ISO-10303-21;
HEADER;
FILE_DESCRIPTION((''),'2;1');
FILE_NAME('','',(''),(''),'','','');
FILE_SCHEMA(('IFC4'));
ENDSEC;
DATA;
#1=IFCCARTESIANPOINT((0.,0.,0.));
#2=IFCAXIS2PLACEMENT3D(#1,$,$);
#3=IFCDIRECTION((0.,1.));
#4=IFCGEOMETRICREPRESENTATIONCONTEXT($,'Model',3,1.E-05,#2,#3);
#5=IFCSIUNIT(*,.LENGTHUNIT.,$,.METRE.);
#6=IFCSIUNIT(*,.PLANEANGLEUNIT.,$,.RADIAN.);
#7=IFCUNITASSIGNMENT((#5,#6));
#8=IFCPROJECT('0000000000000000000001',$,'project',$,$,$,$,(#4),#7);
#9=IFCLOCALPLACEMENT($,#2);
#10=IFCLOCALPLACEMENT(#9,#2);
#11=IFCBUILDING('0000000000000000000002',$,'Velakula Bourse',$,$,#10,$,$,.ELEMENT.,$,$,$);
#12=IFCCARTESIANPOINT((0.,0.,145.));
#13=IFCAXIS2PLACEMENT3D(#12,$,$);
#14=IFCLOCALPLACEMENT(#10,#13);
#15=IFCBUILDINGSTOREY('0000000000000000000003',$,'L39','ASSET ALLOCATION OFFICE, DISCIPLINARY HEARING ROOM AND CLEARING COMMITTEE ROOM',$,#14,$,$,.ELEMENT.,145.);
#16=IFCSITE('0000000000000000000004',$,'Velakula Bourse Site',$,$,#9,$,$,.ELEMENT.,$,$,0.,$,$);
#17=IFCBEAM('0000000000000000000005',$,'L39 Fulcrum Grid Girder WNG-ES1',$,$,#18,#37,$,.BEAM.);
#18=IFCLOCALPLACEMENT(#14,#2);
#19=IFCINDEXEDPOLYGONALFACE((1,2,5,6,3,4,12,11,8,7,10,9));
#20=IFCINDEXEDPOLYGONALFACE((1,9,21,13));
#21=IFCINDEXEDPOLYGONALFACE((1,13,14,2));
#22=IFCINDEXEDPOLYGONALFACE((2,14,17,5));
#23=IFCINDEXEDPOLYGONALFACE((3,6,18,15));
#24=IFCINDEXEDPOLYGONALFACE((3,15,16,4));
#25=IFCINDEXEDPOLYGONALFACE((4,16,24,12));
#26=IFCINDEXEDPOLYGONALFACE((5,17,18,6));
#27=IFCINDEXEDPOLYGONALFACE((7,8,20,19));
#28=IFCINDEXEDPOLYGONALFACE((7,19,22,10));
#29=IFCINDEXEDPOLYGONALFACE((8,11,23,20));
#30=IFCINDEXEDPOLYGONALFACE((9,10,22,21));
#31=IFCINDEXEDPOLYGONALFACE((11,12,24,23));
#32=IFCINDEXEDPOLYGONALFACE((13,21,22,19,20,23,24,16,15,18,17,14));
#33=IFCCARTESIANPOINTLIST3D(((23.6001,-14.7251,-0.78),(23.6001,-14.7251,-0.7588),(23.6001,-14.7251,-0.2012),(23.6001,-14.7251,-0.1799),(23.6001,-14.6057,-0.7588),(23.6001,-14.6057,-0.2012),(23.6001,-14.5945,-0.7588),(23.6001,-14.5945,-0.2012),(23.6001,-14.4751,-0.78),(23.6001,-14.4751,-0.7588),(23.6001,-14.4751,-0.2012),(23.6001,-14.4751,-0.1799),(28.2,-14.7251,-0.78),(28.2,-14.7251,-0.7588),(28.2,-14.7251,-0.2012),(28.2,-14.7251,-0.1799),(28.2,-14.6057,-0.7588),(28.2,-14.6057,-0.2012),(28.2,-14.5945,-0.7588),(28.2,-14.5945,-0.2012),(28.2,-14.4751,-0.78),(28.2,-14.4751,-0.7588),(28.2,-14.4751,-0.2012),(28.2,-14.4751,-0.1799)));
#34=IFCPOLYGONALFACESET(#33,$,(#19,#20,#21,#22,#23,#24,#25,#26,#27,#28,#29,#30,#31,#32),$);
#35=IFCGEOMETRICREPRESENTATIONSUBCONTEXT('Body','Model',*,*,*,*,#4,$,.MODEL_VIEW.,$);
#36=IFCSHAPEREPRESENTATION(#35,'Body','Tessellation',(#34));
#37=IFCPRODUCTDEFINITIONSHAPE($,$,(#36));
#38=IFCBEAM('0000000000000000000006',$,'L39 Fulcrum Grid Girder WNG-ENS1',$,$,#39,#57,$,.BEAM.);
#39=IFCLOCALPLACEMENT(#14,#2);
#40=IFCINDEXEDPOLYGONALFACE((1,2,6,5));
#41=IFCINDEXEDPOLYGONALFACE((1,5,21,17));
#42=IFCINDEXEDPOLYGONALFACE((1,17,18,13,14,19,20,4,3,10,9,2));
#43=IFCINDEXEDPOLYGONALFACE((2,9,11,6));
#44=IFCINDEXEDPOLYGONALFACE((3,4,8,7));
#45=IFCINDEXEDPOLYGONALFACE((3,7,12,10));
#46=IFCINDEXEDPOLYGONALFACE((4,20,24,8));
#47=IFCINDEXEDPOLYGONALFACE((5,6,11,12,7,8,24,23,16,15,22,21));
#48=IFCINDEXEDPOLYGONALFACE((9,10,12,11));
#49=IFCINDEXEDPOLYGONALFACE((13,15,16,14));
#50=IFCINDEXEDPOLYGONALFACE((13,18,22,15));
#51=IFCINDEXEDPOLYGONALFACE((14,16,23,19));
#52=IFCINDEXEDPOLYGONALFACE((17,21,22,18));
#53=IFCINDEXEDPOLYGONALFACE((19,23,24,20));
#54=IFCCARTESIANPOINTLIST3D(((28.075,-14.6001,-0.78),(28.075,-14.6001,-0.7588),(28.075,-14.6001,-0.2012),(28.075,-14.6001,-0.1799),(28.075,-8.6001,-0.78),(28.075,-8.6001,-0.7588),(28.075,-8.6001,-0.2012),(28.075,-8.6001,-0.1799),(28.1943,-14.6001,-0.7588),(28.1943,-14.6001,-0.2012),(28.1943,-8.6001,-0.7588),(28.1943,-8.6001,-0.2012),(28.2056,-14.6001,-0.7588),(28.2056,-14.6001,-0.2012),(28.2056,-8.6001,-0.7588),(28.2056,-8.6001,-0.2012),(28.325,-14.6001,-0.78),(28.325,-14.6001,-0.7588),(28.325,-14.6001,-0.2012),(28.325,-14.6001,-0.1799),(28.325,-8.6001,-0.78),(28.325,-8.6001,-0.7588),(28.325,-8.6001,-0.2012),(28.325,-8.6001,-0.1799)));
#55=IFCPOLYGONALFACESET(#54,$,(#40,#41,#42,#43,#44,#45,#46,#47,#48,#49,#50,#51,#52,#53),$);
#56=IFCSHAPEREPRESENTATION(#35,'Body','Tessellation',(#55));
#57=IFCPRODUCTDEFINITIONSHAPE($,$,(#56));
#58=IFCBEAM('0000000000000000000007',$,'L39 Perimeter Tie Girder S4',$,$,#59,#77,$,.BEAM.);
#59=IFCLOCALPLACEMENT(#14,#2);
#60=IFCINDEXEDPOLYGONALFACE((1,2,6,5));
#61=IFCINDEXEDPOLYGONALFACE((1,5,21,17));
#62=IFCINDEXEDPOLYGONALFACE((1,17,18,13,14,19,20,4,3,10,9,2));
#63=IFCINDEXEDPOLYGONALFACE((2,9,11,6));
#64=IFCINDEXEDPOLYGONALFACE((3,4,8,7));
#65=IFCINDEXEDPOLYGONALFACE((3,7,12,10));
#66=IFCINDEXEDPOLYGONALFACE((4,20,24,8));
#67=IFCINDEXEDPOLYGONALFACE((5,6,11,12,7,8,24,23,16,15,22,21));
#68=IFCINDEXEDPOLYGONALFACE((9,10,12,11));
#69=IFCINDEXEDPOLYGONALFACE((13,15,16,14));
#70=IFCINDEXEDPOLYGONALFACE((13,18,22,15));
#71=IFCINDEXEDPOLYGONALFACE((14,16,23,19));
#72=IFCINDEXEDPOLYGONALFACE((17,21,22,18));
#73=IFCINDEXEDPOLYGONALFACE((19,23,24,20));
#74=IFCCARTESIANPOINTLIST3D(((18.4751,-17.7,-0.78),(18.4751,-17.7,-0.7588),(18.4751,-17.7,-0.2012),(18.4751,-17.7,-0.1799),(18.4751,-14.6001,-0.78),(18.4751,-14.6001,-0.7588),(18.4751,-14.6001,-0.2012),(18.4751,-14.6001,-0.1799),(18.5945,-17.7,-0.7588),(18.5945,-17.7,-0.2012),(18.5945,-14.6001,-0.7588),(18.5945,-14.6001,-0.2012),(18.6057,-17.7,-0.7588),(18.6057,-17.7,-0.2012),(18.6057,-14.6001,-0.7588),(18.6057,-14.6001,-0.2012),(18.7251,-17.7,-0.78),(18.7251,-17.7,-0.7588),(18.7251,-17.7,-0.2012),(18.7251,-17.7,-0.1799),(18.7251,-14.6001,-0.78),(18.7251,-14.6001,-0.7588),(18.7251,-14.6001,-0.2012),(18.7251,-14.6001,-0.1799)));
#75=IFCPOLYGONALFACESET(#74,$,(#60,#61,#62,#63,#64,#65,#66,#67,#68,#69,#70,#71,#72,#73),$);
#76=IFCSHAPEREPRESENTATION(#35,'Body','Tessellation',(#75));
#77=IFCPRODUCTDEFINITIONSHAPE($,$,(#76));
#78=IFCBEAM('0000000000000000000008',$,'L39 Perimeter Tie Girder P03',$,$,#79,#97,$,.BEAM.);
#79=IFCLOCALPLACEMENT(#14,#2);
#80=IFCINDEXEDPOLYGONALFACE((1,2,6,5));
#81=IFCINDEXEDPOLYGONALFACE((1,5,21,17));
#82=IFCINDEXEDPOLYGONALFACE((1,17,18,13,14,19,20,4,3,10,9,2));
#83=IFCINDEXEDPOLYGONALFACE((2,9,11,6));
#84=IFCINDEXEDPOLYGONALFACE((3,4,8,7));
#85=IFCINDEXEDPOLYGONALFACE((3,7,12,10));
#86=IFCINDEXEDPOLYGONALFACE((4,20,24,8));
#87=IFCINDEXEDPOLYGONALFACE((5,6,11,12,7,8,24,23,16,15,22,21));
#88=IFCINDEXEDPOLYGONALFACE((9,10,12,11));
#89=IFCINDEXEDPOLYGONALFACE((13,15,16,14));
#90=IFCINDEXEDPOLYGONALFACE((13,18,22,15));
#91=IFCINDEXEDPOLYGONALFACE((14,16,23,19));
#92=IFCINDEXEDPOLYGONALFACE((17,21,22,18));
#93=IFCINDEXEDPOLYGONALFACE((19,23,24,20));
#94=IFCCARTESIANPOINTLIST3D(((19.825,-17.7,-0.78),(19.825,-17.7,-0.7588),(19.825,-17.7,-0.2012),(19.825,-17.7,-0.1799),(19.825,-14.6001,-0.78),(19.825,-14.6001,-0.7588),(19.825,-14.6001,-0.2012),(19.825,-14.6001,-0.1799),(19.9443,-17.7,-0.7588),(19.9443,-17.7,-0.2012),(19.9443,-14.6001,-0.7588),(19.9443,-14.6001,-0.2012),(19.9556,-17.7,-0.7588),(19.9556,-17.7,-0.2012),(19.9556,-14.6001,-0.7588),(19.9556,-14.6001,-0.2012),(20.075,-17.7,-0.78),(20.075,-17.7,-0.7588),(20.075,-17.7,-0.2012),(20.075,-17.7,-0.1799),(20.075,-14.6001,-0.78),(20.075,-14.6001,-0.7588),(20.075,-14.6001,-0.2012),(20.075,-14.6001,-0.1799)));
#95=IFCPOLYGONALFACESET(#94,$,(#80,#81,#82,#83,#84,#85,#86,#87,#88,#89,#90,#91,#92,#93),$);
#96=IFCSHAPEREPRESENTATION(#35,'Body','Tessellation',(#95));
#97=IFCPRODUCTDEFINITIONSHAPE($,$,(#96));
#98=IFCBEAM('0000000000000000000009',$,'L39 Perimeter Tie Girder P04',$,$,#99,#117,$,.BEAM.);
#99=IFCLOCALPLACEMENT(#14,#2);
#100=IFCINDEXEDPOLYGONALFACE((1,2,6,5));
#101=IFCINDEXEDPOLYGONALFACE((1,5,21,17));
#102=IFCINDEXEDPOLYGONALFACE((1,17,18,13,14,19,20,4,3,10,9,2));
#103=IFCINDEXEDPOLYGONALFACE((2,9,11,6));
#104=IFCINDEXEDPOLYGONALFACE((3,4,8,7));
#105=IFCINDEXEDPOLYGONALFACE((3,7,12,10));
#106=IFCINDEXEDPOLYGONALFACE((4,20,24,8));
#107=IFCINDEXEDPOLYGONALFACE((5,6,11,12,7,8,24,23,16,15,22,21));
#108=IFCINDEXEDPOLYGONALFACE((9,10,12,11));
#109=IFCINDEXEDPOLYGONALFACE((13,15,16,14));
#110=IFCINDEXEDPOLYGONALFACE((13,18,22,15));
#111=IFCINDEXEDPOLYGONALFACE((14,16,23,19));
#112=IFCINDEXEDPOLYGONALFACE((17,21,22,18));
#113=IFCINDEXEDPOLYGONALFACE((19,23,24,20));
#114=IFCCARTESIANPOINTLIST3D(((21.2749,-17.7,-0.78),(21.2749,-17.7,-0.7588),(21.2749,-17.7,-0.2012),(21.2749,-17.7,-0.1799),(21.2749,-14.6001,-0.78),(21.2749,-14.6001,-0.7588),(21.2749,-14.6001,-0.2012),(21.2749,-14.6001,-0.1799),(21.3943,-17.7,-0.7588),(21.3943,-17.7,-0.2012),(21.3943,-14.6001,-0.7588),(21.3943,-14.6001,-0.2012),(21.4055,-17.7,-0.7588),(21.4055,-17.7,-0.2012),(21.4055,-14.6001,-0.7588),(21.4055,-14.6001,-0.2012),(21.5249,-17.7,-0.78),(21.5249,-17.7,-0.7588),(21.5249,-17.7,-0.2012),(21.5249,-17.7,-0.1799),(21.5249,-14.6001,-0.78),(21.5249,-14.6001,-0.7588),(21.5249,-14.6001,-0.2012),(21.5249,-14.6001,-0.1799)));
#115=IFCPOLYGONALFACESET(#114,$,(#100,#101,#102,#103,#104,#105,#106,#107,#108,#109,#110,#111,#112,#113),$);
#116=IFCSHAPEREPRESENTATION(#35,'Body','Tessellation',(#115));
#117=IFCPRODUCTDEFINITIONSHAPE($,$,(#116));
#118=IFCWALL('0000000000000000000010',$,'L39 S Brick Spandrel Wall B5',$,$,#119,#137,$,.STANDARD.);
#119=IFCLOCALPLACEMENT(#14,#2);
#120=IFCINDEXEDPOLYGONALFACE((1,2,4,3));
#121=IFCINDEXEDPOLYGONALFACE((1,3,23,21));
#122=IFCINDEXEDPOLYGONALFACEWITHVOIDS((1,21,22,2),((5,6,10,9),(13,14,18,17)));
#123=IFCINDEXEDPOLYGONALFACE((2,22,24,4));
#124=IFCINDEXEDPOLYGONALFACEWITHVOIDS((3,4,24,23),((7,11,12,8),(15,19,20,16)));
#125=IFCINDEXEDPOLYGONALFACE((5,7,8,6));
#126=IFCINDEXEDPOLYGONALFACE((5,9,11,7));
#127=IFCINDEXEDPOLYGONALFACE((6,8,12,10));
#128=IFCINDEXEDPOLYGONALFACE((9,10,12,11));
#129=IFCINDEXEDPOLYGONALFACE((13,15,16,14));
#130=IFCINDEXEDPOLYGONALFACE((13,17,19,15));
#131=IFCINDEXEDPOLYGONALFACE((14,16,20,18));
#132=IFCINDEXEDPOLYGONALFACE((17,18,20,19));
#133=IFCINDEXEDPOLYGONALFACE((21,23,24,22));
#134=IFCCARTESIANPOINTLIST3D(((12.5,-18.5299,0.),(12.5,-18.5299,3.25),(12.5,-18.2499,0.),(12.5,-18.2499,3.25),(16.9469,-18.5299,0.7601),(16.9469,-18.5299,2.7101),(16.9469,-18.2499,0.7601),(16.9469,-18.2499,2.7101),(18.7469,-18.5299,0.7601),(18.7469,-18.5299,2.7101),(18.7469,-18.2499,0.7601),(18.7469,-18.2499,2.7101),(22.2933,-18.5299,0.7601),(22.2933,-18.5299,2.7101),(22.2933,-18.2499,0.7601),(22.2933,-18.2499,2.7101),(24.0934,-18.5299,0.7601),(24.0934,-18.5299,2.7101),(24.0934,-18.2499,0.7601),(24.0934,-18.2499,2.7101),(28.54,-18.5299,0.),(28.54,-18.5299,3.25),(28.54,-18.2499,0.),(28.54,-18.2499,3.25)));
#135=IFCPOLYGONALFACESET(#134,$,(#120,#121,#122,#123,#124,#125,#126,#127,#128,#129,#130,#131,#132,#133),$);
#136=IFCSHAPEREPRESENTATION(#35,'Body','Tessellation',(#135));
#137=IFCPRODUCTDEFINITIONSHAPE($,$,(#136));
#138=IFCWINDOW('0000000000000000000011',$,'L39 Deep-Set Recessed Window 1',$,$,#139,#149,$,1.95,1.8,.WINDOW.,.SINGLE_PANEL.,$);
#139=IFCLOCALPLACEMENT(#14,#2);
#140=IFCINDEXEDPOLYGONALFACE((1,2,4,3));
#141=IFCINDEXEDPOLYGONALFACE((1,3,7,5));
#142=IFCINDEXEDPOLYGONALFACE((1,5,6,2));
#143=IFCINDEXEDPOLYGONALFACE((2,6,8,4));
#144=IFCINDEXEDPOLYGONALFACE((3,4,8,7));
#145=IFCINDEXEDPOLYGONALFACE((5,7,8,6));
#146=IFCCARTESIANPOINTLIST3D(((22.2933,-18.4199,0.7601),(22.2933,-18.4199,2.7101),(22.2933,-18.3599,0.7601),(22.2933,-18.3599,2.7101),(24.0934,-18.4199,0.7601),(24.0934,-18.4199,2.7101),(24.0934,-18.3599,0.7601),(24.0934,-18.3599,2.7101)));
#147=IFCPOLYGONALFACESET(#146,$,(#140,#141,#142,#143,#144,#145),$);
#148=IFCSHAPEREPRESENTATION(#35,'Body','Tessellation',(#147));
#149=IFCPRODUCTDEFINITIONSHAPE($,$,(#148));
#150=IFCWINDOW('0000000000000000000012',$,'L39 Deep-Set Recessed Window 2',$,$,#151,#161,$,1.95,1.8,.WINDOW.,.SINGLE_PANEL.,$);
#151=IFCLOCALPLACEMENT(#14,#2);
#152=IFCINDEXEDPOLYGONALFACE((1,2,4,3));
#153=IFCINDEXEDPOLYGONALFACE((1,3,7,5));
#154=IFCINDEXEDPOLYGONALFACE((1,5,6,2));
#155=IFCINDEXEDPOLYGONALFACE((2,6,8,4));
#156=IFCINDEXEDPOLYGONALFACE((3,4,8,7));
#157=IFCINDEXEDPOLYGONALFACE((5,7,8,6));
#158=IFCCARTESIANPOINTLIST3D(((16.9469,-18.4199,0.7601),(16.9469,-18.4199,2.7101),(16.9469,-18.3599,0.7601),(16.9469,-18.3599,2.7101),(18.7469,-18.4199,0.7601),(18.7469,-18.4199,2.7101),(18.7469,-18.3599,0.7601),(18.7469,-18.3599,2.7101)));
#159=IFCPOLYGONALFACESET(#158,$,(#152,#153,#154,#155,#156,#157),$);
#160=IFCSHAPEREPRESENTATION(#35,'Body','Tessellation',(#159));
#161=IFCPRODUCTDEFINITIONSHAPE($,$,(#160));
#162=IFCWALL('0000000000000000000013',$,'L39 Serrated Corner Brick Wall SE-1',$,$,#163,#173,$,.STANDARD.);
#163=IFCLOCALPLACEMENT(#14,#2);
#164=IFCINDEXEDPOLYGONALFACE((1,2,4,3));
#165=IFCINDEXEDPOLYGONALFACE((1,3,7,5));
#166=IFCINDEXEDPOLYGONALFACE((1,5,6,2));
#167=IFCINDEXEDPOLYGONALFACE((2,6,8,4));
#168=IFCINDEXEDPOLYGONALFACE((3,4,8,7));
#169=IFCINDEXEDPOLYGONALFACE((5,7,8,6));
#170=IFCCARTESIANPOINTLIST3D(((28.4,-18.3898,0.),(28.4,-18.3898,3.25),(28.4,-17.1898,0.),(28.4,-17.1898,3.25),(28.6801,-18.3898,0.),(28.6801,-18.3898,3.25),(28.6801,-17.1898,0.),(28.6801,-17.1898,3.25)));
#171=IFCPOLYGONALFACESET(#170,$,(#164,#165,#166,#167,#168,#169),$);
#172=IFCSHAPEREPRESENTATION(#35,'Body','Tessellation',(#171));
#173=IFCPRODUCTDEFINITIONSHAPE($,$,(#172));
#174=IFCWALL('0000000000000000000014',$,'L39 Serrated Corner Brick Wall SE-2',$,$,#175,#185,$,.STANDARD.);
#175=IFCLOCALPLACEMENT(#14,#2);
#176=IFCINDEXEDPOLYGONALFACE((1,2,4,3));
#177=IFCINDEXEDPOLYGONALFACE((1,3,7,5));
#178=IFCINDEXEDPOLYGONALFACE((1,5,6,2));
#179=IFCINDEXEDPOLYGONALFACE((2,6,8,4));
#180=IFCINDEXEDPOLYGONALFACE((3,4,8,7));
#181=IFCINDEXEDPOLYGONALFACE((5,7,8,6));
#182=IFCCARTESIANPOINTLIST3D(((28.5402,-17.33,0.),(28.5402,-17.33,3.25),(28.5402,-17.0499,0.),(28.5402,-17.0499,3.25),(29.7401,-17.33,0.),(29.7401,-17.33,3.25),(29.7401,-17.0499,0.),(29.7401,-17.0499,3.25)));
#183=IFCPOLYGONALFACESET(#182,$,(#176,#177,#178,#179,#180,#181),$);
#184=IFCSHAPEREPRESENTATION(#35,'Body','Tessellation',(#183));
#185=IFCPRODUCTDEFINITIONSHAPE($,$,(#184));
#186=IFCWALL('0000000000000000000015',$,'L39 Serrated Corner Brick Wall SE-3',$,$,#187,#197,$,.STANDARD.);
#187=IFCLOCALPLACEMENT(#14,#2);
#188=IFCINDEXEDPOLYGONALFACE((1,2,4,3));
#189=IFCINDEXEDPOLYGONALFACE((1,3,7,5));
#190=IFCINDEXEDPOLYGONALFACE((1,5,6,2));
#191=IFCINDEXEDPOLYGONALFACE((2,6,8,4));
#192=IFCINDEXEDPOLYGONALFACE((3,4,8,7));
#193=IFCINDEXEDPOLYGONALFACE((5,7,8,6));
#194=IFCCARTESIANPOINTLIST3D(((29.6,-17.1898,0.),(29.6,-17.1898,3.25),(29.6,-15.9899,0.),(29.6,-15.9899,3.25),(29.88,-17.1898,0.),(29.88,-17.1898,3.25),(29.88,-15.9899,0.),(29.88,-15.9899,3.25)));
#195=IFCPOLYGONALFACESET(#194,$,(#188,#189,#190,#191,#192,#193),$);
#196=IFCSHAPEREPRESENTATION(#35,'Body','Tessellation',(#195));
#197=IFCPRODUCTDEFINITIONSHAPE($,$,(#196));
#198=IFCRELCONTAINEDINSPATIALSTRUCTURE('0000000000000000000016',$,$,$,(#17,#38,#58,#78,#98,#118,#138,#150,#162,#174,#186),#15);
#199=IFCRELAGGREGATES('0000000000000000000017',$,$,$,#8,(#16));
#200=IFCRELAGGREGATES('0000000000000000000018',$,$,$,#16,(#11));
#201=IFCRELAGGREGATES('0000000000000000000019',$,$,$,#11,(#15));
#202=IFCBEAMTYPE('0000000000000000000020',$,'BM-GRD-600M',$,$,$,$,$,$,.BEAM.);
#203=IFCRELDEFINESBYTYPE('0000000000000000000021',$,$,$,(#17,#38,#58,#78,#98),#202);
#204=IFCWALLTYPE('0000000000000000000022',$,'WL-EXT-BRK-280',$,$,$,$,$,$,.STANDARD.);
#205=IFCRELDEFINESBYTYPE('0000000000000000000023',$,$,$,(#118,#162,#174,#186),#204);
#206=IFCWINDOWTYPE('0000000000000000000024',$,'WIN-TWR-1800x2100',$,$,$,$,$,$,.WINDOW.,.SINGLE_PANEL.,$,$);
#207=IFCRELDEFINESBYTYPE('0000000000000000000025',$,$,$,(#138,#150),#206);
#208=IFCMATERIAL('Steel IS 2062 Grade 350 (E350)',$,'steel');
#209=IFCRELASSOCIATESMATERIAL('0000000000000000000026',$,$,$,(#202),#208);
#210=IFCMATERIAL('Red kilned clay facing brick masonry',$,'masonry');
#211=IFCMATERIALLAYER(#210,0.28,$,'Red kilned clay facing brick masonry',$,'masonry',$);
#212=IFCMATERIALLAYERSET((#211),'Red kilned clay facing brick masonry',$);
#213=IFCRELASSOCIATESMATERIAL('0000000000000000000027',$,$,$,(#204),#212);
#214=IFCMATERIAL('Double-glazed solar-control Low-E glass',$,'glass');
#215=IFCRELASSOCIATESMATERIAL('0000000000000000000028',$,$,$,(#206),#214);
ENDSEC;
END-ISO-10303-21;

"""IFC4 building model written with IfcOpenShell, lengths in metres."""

from ifc_helpers import new_model, si_unit, direction, frame, frame_2d, origin, origin_2d, place, context, subcontext, project, spatial, rectangle, i_section, extrude, material, layer, layer_set, material_profile, profile_set, type_object, element, fill, save


model = new_model("IFC4")

# Units and contexts
model_context = context("Model", 3, precision=1e-05, world=origin(), true_north=direction((0.0, 1.0)))
body_context = subcontext(model_context, "Body", "Model", "MODEL_VIEW")
ifc_project = project(units=[si_unit("LENGTHUNIT", "METRE"), si_unit("PLANEANGLEUNIT", "RADIAN")], contexts=[model_context])

# Site, building, storey
site_placement = place(None, origin())
site = spatial("IfcSite", under=ifc_project, at=site_placement, Name="Velakula Bourse Site", CompositionType="ELEMENT", RefElevation=0.0)
building_placement = place(site_placement, origin())
building = spatial("IfcBuilding", under=site, at=building_placement, Name="Velakula Bourse", CompositionType="ELEMENT")
storey_placement = place(building_placement, frame((0.0, 0.0, 145.0)))
storey = spatial("IfcBuildingStorey", under=building, at=storey_placement, Name="L39", Description="ASSET ALLOCATION OFFICE, DISCIPLINARY HEARING ROOM AND CLEARING COMMITTEE ROOM", CompositionType="ELEMENT", Elevation=145.0)

# Shared definitions
ifc_material_1 = material(Name="Steel IS 2062 Grade 350 (E350)", Category="steel")

# Beams
ifc_material_profile_1 = material_profile(ifc_material_1, i_section(OverallWidth=0.25, OverallDepth=0.6001, WebThickness=0.0112, FlangeThickness=0.0212, at=origin_2d()), Name="Steel IS 2062 Grade 350 (E350)")
ifc_profile_set_1 = profile_set([ifc_material_profile_1], Name="Steel IS 2062 Grade 350 (E350)")
beam_type = type_object("IfcBeamType", Name="BM-GRD-600M", PredefinedType="BEAM", material=ifc_profile_set_1)
beam_1_placement = place(storey_placement, frame((23.6001, -14.6001, -0.48), z_axis=(1.0, 0.0, 0.0), x_axis=(0.0, 1.0, 0.0)))
element("IfcBeam", 1, at=beam_1_placement, inside=storey, type_object=beam_type, Name="L39 Fulcrum Grid Girder WNG-ES1", PredefinedType="BEAM", context=body_context, shape_type="SweptSolid", body=[
    extrude(i_section(OverallWidth=0.25, OverallDepth=0.6001, WebThickness=0.0112, FlangeThickness=0.0212, at=origin_2d()), origin(), (0.0, 0.0, 1.0), 4.5999),
])
beam_2_placement = place(storey_placement, frame((28.2, -14.6001, -0.48), z_axis=(0.0, 1.0, 0.0), x_axis=(-1.0, 0.0, 0.0)))
element("IfcBeam", 2, at=beam_2_placement, inside=storey, type_object=beam_type, Name="L39 Fulcrum Grid Girder WNG-ENS1", PredefinedType="BEAM", context=body_context, shape_type="SweptSolid", body=[
    extrude(i_section(OverallWidth=0.25, OverallDepth=0.6001, WebThickness=0.0112, FlangeThickness=0.0212, at=origin_2d()), origin(), (0.0, 0.0, 1.0), 6.0),
])
for number, where, z_axis, x_axis, name in (
    (3, (18.6001, -14.6001, -0.48), (0.0, -1.0, 0.0), (1.0, 0.0, 0.0), "L39 Perimeter Tie Girder S4"),
    (4, (19.95, -14.6001, -0.48), (0.0, -1.0, 0.0), (1.0, 0.0, 0.0), "L39 Perimeter Tie Girder P03"),
    (5, (21.3999, -14.6001, -0.48), (0.0, -1.0, 0.0), (1.0, 0.0, 0.0), "L39 Perimeter Tie Girder P04"),
):
    element("IfcBeam", number, at=place(storey_placement, frame(where, z_axis=z_axis, x_axis=x_axis)), inside=storey, type_object=beam_type, Name=name, PredefinedType="BEAM", context=body_context, shape_type="SweptSolid", body=[
        extrude(i_section(OverallWidth=0.25, OverallDepth=0.6001, WebThickness=0.0112, FlangeThickness=0.0212, at=origin_2d()), origin(), (0.0, 0.0, 1.0), 3.0999),
    ])

# Wall, openings, windows
ifc_material_2 = material(Name="Red kilned clay facing brick masonry", Category="masonry")
ifc_layer_1 = layer(ifc_material_2, 0.28, Name="Red kilned clay facing brick masonry", Category="masonry")
ifc_layer_set_1 = layer_set([ifc_layer_1], Name="Red kilned clay facing brick masonry")
wall_type_1 = type_object("IfcWallType", Name="WL-EXT-BRK-280", PredefinedType="STANDARD", material=ifc_layer_set_1)
wall_1_placement = place(storey_placement, frame((28.54, -18.3899, 0.0), z_axis=(0.0, 0.0, 1.0), x_axis=(-1.0, 0.0, 0.0)))
wall_1 = element("IfcWall", 6, at=wall_1_placement, inside=storey, type_object=wall_type_1, Name="L39 S Brick Spandrel Wall B5", PredefinedType="STANDARD", context=body_context, shape_type="SweptSolid", body=[
    extrude(rectangle(XDim=16.04, YDim=0.28, at=frame_2d((8.02, 0.0))), origin(), (0.0, 0.0, 1.0), 3.25),
])
opening_1_placement = place(wall_1_placement, frame((4.4468, 0.0, 0.76)))
opening_1 = element("IfcOpeningElement", 7, at=opening_1_placement, cuts=wall_1, PredefinedType="OPENING", context=body_context, shape_type="SweptSolid", body=[
    extrude(rectangle(XDim=1.8, YDim=1.95, at=frame_2d((0.8999, 0.9751))), frame((0.0, 0.1499, 0.0), z_axis=(0.0, -1.0, 0.0), x_axis=(1.0, 0.0, 0.0)), (0.0, 0.0, 1.0), 0.3),
])
opening_2_placement = place(wall_1_placement, frame((9.7932, 0.0, 0.76)))
opening_2 = element("IfcOpeningElement", 8, at=opening_2_placement, cuts=wall_1, PredefinedType="OPENING", context=body_context, shape_type="SweptSolid", body=[
    extrude(rectangle(XDim=1.8, YDim=1.95, at=frame_2d((0.8999, 0.9751))), frame((0.0, 0.1499, 0.0), z_axis=(0.0, -1.0, 0.0), x_axis=(1.0, 0.0, 0.0)), (0.0, 0.0, 1.0), 0.3),
])
ifc_material_3 = material(Name="Double-glazed solar-control Low-E glass", Category="glass")
window_type = type_object("IfcWindowType", Name="WIN-TWR-1800x2100", PartitioningType="SINGLE_PANEL", PredefinedType="WINDOW", material=ifc_material_3)
window_1_placement = place(opening_1_placement, origin())
window_1 = element("IfcWindow", 9, at=window_1_placement, inside=storey, type_object=window_type, Name="L39 Deep-Set Recessed Window 1", OverallHeight=1.95, OverallWidth=1.8, PartitioningType="SINGLE_PANEL", PredefinedType="WINDOW", context=body_context, shape_type="SweptSolid", body=[
    extrude(rectangle(XDim=1.8, YDim=1.95, at=frame_2d((0.8999, 0.9751))), frame((0.0, 0.03, 0.0), z_axis=(0.0, -1.0, 0.0), x_axis=(1.0, 0.0, 0.0)), (0.0, 0.0, 1.0), 0.0601),
])
fill(opening_1, window_1)
window_2_placement = place(opening_2_placement, origin())
window_2 = element("IfcWindow", 10, at=window_2_placement, inside=storey, type_object=window_type, Name="L39 Deep-Set Recessed Window 2", OverallHeight=1.95, OverallWidth=1.8, PartitioningType="SINGLE_PANEL", PredefinedType="WINDOW", context=body_context, shape_type="SweptSolid", body=[
    extrude(rectangle(XDim=1.8, YDim=1.95, at=frame_2d((0.8999, 0.9751))), frame((0.0, 0.03, 0.0), z_axis=(0.0, -1.0, 0.0), x_axis=(1.0, 0.0, 0.0)), (0.0, 0.0, 1.0), 0.0601),
])
fill(opening_2, window_2)

# Walls
for number, where, z_axis, x_axis, name in (
    (11, (28.54, -18.3899, 0.0), (0.0, 0.0, 1.0), (0.0, 1.0, 0.0), "L39 Serrated Corner Brick Wall SE-1"),
    (12, (28.54, -17.1899, 0.0), (0.0, 0.0, 1.0), (1.0, 0.0, 0.0), "L39 Serrated Corner Brick Wall SE-2"),
    (13, (29.74, -17.1899, 0.0), (0.0, 0.0, 1.0), (0.0, 1.0, 0.0), "L39 Serrated Corner Brick Wall SE-3"),
):
    element("IfcWall", number, at=place(storey_placement, frame(where, z_axis=z_axis, x_axis=x_axis)), inside=storey, type_object=wall_type_1, Name=name, PredefinedType="STANDARD", context=body_context, shape_type="SweptSolid", body=[
        extrude(rectangle(XDim=1.2, YDim=0.28, at=frame_2d((0.6001, 0.0))), origin(), (0.0, 0.0, 1.0), 3.25),
    ])

save(model, "model.ifc")
